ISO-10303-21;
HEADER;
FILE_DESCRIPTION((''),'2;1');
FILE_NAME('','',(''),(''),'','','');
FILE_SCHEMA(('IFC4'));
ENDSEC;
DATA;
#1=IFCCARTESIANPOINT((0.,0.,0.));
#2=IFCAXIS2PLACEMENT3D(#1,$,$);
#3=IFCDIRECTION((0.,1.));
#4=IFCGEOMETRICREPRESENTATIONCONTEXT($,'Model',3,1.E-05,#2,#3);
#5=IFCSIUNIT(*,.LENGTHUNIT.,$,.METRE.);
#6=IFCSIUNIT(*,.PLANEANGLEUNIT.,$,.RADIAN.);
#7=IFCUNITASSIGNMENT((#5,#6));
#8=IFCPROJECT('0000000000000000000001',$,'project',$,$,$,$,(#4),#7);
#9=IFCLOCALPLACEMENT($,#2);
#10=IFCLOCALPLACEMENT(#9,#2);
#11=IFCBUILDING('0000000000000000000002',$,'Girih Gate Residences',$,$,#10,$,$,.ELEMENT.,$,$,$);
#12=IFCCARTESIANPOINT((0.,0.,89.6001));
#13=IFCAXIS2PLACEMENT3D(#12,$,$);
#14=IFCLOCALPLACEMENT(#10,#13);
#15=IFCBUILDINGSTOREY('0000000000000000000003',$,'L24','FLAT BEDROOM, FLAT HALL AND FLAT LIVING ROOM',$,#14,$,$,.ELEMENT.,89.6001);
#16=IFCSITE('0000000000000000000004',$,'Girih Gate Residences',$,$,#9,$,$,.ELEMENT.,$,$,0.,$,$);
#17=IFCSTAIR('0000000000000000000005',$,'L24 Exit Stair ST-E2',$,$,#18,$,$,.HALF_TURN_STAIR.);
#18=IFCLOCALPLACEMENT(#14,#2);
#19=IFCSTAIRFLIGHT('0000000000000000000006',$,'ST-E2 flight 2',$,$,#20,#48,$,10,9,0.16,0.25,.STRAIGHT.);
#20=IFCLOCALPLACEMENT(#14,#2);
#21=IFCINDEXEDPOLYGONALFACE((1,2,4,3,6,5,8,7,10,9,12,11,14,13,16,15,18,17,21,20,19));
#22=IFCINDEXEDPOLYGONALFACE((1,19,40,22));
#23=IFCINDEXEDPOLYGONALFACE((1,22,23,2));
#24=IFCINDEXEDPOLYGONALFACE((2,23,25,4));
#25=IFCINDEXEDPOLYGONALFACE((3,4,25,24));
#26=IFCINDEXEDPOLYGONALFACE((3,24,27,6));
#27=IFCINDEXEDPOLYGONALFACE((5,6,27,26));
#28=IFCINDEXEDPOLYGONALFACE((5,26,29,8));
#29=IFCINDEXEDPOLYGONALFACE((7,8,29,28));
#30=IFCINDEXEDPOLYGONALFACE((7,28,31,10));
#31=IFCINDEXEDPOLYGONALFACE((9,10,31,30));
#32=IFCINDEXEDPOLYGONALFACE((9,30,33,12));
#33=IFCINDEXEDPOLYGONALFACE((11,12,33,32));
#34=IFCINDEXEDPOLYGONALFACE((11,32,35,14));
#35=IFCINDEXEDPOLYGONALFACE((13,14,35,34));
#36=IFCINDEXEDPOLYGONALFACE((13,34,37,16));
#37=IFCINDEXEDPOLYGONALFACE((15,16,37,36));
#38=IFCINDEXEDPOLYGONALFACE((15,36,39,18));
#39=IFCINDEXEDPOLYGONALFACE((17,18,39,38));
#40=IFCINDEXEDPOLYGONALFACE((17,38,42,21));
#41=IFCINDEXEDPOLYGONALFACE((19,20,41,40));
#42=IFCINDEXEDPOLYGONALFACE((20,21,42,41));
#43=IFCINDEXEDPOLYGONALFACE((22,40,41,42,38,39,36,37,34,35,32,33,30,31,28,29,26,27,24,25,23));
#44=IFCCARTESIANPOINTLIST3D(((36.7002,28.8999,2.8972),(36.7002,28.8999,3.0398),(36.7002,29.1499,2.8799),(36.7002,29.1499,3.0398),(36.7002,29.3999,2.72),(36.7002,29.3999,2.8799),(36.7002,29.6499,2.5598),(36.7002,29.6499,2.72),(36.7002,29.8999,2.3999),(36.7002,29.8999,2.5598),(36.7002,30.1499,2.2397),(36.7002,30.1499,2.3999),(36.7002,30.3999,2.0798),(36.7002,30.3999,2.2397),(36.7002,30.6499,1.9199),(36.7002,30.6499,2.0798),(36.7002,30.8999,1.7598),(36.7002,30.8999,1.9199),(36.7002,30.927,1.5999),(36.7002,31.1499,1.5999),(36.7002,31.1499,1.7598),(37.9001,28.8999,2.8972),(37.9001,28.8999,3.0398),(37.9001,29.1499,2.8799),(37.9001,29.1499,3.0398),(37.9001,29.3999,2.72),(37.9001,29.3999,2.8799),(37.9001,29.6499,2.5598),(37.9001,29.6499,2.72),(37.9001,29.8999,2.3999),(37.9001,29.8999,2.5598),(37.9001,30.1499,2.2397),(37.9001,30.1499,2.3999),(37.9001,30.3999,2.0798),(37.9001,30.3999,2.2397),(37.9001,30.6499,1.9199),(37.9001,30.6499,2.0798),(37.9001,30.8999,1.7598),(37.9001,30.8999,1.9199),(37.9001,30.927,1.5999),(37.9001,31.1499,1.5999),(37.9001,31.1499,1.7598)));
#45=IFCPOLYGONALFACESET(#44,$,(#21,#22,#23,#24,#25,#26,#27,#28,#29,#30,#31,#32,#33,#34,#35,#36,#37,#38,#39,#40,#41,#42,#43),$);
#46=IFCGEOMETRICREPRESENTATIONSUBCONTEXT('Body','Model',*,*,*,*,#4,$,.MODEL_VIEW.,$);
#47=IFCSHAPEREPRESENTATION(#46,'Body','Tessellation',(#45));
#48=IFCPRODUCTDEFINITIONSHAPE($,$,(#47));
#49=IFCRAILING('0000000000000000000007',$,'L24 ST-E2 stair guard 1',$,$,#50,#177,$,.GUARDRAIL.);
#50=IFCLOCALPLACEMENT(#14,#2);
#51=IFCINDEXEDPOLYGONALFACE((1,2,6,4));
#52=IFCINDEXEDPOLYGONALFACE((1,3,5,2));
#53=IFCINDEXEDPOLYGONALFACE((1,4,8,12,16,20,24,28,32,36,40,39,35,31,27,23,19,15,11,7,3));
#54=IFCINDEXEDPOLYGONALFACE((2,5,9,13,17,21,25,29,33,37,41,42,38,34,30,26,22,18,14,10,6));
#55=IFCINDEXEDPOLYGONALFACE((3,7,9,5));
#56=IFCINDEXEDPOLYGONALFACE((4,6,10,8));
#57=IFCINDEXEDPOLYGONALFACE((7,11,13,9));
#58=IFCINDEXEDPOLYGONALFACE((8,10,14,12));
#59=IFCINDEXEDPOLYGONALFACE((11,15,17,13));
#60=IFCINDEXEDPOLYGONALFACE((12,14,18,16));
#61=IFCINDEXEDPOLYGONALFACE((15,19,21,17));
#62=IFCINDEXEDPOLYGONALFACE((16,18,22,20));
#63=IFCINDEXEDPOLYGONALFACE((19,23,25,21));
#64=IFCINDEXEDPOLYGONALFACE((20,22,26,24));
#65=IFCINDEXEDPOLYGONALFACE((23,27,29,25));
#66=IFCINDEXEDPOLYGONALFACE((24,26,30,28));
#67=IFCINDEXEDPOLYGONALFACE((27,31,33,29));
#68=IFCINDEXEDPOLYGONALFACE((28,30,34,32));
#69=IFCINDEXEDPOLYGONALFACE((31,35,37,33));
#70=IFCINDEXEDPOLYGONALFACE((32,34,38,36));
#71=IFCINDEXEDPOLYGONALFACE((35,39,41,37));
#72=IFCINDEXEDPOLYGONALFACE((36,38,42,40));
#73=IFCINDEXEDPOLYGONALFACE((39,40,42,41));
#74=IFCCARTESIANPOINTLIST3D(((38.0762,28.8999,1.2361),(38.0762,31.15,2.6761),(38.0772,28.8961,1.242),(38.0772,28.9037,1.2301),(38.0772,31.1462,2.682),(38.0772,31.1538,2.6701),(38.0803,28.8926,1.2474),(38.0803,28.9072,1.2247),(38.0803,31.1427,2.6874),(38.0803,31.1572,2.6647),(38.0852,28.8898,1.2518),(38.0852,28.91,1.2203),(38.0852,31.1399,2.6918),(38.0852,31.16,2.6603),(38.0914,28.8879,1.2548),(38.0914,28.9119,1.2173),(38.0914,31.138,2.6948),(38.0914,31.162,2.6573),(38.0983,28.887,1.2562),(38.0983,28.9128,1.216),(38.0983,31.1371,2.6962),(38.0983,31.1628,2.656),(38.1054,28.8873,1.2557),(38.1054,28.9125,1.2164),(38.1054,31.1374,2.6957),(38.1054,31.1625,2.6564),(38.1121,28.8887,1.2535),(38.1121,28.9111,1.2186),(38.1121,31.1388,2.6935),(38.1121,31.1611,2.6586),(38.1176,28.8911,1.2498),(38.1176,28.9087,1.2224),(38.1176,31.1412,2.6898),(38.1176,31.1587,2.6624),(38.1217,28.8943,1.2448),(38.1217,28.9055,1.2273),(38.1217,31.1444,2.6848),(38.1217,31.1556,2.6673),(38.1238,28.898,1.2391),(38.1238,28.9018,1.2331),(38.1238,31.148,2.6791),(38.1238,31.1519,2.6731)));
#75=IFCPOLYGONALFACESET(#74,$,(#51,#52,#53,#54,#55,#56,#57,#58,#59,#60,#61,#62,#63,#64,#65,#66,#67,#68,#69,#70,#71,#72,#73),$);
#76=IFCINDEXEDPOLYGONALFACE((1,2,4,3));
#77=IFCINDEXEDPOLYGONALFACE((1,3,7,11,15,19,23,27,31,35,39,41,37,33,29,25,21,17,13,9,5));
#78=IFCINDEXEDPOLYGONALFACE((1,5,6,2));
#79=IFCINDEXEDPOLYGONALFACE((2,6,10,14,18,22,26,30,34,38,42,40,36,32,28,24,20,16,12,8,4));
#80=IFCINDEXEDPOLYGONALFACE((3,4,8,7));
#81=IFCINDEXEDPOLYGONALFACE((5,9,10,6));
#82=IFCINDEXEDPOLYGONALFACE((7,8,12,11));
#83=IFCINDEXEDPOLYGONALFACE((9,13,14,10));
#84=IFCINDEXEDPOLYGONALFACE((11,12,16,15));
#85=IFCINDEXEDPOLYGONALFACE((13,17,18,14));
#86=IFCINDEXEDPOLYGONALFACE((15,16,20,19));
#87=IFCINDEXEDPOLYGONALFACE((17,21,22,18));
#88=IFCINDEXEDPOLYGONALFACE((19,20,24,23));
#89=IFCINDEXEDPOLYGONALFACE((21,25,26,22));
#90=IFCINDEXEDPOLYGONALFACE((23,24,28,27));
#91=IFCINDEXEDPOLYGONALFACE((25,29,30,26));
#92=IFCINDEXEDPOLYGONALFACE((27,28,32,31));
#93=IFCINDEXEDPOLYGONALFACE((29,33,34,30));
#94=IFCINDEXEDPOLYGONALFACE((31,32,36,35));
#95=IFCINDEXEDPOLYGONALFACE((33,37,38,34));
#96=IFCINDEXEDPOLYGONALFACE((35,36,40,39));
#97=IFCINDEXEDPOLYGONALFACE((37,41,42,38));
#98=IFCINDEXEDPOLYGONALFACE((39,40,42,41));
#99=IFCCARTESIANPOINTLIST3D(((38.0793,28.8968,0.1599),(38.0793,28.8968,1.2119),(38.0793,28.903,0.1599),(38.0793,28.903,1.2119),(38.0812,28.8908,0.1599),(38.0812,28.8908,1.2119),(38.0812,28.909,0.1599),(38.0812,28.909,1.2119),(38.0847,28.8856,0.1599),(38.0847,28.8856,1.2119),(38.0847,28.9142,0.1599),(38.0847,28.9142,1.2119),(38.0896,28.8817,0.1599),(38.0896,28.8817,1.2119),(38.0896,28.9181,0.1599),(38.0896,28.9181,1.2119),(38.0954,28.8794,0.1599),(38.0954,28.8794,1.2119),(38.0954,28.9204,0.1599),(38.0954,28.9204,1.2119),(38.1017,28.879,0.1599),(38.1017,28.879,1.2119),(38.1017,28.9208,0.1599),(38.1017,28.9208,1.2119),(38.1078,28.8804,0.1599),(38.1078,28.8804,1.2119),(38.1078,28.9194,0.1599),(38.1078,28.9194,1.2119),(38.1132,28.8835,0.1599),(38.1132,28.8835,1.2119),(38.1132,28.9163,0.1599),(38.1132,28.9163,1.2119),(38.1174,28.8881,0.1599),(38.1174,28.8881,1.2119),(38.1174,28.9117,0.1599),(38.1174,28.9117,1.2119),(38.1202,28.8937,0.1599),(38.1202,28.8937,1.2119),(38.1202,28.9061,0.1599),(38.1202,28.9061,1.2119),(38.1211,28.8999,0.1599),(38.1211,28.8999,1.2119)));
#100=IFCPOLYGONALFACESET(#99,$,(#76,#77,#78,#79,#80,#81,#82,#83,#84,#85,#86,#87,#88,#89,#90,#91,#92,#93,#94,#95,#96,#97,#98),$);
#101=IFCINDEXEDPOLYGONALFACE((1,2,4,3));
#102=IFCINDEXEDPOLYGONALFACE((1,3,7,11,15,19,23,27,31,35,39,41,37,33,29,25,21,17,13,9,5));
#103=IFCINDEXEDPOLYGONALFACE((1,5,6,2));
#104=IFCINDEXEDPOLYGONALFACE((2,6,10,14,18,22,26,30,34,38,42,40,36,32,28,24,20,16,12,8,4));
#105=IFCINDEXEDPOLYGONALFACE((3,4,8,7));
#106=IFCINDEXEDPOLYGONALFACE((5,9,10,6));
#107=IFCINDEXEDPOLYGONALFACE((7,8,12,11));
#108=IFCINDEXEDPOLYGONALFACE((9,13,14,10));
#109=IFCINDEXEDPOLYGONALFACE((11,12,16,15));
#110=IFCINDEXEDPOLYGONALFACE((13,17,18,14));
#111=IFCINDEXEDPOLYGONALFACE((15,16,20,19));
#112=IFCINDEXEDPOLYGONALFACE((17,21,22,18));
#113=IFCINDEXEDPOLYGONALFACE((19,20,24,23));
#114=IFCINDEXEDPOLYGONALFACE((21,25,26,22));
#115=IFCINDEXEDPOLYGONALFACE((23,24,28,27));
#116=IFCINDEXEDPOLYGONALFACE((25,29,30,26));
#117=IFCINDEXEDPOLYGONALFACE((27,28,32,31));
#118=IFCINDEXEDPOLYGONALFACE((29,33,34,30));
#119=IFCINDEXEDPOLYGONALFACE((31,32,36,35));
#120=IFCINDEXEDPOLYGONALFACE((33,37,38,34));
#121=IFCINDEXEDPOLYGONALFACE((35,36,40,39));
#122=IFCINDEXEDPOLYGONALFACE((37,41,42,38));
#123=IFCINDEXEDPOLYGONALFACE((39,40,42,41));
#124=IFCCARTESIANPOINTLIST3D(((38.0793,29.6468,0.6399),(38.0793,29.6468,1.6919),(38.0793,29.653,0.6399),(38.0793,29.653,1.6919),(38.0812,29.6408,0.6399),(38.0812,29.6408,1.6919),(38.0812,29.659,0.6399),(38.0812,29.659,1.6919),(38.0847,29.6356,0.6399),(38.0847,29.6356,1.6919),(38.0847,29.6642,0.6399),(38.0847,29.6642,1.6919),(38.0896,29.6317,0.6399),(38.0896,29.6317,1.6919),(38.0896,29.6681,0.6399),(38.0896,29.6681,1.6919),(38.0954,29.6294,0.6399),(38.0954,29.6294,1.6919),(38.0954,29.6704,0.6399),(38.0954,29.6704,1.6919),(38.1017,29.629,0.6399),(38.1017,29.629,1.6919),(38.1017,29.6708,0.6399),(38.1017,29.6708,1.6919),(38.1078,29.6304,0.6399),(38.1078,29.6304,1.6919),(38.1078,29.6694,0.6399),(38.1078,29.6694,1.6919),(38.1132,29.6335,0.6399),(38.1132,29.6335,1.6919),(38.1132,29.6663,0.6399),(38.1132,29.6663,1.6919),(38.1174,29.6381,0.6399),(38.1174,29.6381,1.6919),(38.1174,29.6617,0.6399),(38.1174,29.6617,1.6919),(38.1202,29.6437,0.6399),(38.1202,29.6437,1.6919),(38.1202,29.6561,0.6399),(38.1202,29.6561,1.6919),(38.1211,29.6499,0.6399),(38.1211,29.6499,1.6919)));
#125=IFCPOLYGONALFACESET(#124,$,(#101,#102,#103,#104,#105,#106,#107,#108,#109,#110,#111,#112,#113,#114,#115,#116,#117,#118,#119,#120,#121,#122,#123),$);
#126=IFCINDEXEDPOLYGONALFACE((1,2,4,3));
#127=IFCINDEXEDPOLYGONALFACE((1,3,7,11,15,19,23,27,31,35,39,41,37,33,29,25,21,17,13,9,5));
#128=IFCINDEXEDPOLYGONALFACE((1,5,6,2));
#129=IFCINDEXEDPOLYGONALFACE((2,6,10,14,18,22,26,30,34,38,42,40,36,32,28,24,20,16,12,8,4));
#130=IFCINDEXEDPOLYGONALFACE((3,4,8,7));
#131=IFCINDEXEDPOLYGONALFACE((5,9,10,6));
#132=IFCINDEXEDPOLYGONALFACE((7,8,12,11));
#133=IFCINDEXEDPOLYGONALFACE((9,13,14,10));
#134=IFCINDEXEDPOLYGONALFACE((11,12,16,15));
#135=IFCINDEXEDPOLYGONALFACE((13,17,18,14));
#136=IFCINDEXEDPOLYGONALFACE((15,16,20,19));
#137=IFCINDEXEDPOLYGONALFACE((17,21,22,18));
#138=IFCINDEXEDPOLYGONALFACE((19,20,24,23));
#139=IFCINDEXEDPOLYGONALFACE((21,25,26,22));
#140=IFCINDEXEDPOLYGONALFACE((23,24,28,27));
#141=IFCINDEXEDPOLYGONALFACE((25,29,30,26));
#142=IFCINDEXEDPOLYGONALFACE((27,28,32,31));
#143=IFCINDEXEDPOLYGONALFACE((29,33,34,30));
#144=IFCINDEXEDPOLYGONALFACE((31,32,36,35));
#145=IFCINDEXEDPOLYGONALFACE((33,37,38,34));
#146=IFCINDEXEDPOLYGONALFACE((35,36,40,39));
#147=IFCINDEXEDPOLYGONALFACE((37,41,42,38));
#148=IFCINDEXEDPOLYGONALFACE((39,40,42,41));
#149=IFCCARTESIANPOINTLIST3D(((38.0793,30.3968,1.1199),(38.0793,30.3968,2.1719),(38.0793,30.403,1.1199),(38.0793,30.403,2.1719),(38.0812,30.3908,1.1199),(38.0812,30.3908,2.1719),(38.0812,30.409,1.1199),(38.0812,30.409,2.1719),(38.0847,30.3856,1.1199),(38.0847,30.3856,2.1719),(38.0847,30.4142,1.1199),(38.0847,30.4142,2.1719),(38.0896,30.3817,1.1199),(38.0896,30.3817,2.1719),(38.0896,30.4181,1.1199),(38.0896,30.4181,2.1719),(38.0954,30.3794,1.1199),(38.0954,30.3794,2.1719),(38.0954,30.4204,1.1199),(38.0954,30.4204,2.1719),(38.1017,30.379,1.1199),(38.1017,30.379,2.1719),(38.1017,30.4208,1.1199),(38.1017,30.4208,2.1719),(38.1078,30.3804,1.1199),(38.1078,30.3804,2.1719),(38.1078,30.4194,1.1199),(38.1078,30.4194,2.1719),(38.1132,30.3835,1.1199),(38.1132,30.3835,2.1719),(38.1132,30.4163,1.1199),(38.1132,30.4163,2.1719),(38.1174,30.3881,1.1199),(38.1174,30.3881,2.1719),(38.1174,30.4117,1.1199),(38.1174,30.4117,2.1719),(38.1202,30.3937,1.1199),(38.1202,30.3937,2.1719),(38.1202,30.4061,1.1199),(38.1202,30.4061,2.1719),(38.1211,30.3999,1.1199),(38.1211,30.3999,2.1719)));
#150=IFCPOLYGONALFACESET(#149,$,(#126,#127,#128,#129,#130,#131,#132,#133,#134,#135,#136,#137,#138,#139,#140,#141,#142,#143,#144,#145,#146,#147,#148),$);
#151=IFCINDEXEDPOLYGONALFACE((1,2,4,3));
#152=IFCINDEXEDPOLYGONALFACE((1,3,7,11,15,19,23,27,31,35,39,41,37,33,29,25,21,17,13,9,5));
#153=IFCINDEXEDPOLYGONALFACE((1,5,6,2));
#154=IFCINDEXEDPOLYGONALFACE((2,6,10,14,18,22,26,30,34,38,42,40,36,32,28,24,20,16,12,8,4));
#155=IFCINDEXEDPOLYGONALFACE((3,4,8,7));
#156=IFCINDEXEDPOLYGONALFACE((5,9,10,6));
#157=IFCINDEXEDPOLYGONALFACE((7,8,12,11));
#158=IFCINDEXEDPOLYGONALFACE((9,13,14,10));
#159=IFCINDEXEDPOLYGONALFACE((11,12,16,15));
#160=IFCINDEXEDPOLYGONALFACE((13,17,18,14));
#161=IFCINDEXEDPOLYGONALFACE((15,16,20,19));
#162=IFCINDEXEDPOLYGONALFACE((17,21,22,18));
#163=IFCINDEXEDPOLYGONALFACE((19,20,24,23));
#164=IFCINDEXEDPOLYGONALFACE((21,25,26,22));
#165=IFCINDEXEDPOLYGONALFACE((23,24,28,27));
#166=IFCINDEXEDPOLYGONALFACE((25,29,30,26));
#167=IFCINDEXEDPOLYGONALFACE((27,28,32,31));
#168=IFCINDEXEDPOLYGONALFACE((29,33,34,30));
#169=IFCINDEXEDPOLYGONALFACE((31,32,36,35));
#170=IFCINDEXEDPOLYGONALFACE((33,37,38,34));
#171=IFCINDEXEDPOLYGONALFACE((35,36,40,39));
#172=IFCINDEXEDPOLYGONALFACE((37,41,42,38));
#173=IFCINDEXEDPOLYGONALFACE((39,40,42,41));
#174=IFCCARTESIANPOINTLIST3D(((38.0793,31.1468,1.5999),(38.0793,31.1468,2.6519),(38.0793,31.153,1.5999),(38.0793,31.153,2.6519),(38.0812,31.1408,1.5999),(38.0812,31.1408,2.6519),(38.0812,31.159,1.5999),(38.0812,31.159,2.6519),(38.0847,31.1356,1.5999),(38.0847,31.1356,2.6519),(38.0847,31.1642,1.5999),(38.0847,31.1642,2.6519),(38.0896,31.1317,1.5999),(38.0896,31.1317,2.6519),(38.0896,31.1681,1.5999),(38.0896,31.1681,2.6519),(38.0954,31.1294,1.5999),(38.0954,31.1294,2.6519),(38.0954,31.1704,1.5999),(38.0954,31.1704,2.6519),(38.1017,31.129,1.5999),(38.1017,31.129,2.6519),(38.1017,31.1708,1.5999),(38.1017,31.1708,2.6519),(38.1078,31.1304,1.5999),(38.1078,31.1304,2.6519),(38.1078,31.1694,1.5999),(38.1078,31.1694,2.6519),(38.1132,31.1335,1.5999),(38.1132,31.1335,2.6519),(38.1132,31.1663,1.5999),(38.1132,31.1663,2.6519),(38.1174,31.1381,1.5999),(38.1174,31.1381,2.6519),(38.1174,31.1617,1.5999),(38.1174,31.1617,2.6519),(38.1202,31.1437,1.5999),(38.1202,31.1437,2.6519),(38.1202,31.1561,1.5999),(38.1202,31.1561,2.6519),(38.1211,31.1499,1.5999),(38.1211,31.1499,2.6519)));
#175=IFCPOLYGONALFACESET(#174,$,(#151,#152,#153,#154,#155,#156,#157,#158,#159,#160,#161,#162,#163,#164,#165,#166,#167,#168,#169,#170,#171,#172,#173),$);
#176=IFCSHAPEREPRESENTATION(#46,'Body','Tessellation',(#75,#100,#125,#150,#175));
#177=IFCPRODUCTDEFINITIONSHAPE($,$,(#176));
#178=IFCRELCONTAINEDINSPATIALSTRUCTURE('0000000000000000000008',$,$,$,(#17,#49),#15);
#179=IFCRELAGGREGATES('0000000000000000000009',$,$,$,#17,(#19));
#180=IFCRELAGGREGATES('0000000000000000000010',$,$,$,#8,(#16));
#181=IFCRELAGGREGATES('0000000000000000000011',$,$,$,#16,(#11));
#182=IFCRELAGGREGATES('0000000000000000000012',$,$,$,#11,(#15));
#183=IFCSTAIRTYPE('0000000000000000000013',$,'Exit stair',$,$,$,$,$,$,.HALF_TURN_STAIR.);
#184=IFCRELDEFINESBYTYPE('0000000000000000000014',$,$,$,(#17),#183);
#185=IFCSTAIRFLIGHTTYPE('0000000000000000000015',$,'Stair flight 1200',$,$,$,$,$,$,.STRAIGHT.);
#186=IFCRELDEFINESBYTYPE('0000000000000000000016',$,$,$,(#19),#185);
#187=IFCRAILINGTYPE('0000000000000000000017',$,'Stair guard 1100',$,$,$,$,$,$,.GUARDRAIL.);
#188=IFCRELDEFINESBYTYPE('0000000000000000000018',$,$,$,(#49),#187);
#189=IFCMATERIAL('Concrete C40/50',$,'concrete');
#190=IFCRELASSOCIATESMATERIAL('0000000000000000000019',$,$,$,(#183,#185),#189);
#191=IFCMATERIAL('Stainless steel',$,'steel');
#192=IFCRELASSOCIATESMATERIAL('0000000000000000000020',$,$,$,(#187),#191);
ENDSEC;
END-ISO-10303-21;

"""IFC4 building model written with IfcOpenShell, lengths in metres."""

from ifc_helpers import new_model, si_unit, direction, frame, origin, origin_2d, place, context, subcontext, project, spatial, polyline, circle, outline, extrude, material, type_object, element, aggregate, save


model = new_model("IFC4")

# Units and contexts
model_context = context("Model", 3, precision=1e-05, world=origin(), true_north=direction((0.0, 1.0)))
body_context = subcontext(model_context, "Body", "Model", "MODEL_VIEW")
ifc_project = project(units=[si_unit("LENGTHUNIT", "METRE"), si_unit("PLANEANGLEUNIT", "RADIAN")], contexts=[model_context])

# Site, building, storey
site_placement = place(None, origin())
site = spatial("IfcSite", under=ifc_project, at=site_placement, Name="Girih Gate Residences", CompositionType="ELEMENT", RefElevation=0.0)
building_placement = place(site_placement, origin())
building = spatial("IfcBuilding", under=site, at=building_placement, Name="Girih Gate Residences", CompositionType="ELEMENT")
storey_placement = place(building_placement, frame((0.0, 0.0, 89.6001)))
storey = spatial("IfcBuildingStorey", under=building, at=storey_placement, Name="L24", Description="FLAT BEDROOM, FLAT HALL AND FLAT LIVING ROOM", CompositionType="ELEMENT", Elevation=89.6001)

# Shared definitions
ifc_material_1 = material(Name="Concrete C40/50", Category="concrete")

# Shared definitions
ifc_material_2 = material(Name="Stainless steel", Category="steel")

# Stair, stair flight
stair_type = type_object("IfcStairType", Name="Exit stair", PredefinedType="HALF_TURN_STAIR", material=ifc_material_1)
stair_placement = place(storey_placement, origin())
stair = element("IfcStair", 1, at=stair_placement, inside=storey, type_object=stair_type, Name="L24 Exit Stair ST-E2", PredefinedType="HALF_TURN_STAIR")
stair_flight_type = type_object("IfcStairFlightType", Name="Stair flight 1200", PredefinedType="STRAIGHT", material=ifc_material_1)
stair_flight_placement = place(storey_placement, frame((37.3, 31.1499, 1.5999), z_axis=(0.0, 0.0, 1.0), x_axis=(0.0, -1.0, 0.0)))
stair_flight = element("IfcStairFlight", 2, at=stair_flight_placement, type_object=stair_flight_type, Name="ST-E2 flight 2", NumberOfRisers=10, NumberOfTreads=9, PredefinedType="STRAIGHT", RiserHeight=0.16, TreadLength=0.25, context=body_context, shape_type="SweptSolid", body=[
    extrude(outline(polyline([(0.0, 0.0), (0.0, 0.1599), (0.25, 0.1599), (0.25, 0.3201), (0.5, 0.3201), (0.5, 0.48), (0.75, 0.48), (0.75, 0.6399), (1.0, 0.6399), (1.0, 0.8), (1.25, 0.8), (1.25, 0.96), (1.5, 0.96), (1.5, 1.1201), (1.75, 1.1201), (1.75, 1.28), (2.0, 1.28), (2.0, 1.4399), (2.25, 1.4399), (2.25, 1.6001), (2.25, 1.2974), (0.2229, 0.0), (0.0, 0.0)])), frame((0.0, 0.6001, 0.0), z_axis=(0.0, -1.0, 0.0), x_axis=(1.0, 0.0, 0.0)), (0.0, 0.0, 1.0), 1.2),
])
aggregate(stair, [stair_flight])

# Railing
railing_type_1 = type_object("IfcRailingType", Name="Stair guard 1100", PredefinedType="GUARDRAIL", material=ifc_material_2)
railing_1_placement = place(storey_placement, frame((38.1001, 28.8999, 0.1599)))
element("IfcRailing", 3, at=railing_1_placement, inside=storey, type_object=railing_type_1, Name="L24 ST-E2 stair guard 1", PredefinedType="GUARDRAIL", context=body_context, shape_type="SweptSolid", body=[
    extrude(circle(Radius=0.0239, at=origin_2d()), frame((0.0, 0.0, 1.0762), z_axis=(0.0, 0.842281, 0.539038), x_axis=(-1.0, 0.0, 0.0)), (0.0, 0.0, 1.0), 2.6714),
    extrude(circle(Radius=0.021, at=origin_2d()), origin(), (0.0, 0.0, 1.0), 1.052),
    extrude(circle(Radius=0.021, at=origin_2d()), frame((0.0, 0.75, 0.48)), (0.0, 0.0, 1.0), 1.052),
    extrude(circle(Radius=0.021, at=origin_2d()), frame((0.0, 1.5, 0.96)), (0.0, 0.0, 1.0), 1.052),
    extrude(circle(Radius=0.021, at=origin_2d()), frame((0.0, 2.25, 1.4399)), (0.0, 0.0, 1.0), 1.052),
])

save(model, "model.ifc")
